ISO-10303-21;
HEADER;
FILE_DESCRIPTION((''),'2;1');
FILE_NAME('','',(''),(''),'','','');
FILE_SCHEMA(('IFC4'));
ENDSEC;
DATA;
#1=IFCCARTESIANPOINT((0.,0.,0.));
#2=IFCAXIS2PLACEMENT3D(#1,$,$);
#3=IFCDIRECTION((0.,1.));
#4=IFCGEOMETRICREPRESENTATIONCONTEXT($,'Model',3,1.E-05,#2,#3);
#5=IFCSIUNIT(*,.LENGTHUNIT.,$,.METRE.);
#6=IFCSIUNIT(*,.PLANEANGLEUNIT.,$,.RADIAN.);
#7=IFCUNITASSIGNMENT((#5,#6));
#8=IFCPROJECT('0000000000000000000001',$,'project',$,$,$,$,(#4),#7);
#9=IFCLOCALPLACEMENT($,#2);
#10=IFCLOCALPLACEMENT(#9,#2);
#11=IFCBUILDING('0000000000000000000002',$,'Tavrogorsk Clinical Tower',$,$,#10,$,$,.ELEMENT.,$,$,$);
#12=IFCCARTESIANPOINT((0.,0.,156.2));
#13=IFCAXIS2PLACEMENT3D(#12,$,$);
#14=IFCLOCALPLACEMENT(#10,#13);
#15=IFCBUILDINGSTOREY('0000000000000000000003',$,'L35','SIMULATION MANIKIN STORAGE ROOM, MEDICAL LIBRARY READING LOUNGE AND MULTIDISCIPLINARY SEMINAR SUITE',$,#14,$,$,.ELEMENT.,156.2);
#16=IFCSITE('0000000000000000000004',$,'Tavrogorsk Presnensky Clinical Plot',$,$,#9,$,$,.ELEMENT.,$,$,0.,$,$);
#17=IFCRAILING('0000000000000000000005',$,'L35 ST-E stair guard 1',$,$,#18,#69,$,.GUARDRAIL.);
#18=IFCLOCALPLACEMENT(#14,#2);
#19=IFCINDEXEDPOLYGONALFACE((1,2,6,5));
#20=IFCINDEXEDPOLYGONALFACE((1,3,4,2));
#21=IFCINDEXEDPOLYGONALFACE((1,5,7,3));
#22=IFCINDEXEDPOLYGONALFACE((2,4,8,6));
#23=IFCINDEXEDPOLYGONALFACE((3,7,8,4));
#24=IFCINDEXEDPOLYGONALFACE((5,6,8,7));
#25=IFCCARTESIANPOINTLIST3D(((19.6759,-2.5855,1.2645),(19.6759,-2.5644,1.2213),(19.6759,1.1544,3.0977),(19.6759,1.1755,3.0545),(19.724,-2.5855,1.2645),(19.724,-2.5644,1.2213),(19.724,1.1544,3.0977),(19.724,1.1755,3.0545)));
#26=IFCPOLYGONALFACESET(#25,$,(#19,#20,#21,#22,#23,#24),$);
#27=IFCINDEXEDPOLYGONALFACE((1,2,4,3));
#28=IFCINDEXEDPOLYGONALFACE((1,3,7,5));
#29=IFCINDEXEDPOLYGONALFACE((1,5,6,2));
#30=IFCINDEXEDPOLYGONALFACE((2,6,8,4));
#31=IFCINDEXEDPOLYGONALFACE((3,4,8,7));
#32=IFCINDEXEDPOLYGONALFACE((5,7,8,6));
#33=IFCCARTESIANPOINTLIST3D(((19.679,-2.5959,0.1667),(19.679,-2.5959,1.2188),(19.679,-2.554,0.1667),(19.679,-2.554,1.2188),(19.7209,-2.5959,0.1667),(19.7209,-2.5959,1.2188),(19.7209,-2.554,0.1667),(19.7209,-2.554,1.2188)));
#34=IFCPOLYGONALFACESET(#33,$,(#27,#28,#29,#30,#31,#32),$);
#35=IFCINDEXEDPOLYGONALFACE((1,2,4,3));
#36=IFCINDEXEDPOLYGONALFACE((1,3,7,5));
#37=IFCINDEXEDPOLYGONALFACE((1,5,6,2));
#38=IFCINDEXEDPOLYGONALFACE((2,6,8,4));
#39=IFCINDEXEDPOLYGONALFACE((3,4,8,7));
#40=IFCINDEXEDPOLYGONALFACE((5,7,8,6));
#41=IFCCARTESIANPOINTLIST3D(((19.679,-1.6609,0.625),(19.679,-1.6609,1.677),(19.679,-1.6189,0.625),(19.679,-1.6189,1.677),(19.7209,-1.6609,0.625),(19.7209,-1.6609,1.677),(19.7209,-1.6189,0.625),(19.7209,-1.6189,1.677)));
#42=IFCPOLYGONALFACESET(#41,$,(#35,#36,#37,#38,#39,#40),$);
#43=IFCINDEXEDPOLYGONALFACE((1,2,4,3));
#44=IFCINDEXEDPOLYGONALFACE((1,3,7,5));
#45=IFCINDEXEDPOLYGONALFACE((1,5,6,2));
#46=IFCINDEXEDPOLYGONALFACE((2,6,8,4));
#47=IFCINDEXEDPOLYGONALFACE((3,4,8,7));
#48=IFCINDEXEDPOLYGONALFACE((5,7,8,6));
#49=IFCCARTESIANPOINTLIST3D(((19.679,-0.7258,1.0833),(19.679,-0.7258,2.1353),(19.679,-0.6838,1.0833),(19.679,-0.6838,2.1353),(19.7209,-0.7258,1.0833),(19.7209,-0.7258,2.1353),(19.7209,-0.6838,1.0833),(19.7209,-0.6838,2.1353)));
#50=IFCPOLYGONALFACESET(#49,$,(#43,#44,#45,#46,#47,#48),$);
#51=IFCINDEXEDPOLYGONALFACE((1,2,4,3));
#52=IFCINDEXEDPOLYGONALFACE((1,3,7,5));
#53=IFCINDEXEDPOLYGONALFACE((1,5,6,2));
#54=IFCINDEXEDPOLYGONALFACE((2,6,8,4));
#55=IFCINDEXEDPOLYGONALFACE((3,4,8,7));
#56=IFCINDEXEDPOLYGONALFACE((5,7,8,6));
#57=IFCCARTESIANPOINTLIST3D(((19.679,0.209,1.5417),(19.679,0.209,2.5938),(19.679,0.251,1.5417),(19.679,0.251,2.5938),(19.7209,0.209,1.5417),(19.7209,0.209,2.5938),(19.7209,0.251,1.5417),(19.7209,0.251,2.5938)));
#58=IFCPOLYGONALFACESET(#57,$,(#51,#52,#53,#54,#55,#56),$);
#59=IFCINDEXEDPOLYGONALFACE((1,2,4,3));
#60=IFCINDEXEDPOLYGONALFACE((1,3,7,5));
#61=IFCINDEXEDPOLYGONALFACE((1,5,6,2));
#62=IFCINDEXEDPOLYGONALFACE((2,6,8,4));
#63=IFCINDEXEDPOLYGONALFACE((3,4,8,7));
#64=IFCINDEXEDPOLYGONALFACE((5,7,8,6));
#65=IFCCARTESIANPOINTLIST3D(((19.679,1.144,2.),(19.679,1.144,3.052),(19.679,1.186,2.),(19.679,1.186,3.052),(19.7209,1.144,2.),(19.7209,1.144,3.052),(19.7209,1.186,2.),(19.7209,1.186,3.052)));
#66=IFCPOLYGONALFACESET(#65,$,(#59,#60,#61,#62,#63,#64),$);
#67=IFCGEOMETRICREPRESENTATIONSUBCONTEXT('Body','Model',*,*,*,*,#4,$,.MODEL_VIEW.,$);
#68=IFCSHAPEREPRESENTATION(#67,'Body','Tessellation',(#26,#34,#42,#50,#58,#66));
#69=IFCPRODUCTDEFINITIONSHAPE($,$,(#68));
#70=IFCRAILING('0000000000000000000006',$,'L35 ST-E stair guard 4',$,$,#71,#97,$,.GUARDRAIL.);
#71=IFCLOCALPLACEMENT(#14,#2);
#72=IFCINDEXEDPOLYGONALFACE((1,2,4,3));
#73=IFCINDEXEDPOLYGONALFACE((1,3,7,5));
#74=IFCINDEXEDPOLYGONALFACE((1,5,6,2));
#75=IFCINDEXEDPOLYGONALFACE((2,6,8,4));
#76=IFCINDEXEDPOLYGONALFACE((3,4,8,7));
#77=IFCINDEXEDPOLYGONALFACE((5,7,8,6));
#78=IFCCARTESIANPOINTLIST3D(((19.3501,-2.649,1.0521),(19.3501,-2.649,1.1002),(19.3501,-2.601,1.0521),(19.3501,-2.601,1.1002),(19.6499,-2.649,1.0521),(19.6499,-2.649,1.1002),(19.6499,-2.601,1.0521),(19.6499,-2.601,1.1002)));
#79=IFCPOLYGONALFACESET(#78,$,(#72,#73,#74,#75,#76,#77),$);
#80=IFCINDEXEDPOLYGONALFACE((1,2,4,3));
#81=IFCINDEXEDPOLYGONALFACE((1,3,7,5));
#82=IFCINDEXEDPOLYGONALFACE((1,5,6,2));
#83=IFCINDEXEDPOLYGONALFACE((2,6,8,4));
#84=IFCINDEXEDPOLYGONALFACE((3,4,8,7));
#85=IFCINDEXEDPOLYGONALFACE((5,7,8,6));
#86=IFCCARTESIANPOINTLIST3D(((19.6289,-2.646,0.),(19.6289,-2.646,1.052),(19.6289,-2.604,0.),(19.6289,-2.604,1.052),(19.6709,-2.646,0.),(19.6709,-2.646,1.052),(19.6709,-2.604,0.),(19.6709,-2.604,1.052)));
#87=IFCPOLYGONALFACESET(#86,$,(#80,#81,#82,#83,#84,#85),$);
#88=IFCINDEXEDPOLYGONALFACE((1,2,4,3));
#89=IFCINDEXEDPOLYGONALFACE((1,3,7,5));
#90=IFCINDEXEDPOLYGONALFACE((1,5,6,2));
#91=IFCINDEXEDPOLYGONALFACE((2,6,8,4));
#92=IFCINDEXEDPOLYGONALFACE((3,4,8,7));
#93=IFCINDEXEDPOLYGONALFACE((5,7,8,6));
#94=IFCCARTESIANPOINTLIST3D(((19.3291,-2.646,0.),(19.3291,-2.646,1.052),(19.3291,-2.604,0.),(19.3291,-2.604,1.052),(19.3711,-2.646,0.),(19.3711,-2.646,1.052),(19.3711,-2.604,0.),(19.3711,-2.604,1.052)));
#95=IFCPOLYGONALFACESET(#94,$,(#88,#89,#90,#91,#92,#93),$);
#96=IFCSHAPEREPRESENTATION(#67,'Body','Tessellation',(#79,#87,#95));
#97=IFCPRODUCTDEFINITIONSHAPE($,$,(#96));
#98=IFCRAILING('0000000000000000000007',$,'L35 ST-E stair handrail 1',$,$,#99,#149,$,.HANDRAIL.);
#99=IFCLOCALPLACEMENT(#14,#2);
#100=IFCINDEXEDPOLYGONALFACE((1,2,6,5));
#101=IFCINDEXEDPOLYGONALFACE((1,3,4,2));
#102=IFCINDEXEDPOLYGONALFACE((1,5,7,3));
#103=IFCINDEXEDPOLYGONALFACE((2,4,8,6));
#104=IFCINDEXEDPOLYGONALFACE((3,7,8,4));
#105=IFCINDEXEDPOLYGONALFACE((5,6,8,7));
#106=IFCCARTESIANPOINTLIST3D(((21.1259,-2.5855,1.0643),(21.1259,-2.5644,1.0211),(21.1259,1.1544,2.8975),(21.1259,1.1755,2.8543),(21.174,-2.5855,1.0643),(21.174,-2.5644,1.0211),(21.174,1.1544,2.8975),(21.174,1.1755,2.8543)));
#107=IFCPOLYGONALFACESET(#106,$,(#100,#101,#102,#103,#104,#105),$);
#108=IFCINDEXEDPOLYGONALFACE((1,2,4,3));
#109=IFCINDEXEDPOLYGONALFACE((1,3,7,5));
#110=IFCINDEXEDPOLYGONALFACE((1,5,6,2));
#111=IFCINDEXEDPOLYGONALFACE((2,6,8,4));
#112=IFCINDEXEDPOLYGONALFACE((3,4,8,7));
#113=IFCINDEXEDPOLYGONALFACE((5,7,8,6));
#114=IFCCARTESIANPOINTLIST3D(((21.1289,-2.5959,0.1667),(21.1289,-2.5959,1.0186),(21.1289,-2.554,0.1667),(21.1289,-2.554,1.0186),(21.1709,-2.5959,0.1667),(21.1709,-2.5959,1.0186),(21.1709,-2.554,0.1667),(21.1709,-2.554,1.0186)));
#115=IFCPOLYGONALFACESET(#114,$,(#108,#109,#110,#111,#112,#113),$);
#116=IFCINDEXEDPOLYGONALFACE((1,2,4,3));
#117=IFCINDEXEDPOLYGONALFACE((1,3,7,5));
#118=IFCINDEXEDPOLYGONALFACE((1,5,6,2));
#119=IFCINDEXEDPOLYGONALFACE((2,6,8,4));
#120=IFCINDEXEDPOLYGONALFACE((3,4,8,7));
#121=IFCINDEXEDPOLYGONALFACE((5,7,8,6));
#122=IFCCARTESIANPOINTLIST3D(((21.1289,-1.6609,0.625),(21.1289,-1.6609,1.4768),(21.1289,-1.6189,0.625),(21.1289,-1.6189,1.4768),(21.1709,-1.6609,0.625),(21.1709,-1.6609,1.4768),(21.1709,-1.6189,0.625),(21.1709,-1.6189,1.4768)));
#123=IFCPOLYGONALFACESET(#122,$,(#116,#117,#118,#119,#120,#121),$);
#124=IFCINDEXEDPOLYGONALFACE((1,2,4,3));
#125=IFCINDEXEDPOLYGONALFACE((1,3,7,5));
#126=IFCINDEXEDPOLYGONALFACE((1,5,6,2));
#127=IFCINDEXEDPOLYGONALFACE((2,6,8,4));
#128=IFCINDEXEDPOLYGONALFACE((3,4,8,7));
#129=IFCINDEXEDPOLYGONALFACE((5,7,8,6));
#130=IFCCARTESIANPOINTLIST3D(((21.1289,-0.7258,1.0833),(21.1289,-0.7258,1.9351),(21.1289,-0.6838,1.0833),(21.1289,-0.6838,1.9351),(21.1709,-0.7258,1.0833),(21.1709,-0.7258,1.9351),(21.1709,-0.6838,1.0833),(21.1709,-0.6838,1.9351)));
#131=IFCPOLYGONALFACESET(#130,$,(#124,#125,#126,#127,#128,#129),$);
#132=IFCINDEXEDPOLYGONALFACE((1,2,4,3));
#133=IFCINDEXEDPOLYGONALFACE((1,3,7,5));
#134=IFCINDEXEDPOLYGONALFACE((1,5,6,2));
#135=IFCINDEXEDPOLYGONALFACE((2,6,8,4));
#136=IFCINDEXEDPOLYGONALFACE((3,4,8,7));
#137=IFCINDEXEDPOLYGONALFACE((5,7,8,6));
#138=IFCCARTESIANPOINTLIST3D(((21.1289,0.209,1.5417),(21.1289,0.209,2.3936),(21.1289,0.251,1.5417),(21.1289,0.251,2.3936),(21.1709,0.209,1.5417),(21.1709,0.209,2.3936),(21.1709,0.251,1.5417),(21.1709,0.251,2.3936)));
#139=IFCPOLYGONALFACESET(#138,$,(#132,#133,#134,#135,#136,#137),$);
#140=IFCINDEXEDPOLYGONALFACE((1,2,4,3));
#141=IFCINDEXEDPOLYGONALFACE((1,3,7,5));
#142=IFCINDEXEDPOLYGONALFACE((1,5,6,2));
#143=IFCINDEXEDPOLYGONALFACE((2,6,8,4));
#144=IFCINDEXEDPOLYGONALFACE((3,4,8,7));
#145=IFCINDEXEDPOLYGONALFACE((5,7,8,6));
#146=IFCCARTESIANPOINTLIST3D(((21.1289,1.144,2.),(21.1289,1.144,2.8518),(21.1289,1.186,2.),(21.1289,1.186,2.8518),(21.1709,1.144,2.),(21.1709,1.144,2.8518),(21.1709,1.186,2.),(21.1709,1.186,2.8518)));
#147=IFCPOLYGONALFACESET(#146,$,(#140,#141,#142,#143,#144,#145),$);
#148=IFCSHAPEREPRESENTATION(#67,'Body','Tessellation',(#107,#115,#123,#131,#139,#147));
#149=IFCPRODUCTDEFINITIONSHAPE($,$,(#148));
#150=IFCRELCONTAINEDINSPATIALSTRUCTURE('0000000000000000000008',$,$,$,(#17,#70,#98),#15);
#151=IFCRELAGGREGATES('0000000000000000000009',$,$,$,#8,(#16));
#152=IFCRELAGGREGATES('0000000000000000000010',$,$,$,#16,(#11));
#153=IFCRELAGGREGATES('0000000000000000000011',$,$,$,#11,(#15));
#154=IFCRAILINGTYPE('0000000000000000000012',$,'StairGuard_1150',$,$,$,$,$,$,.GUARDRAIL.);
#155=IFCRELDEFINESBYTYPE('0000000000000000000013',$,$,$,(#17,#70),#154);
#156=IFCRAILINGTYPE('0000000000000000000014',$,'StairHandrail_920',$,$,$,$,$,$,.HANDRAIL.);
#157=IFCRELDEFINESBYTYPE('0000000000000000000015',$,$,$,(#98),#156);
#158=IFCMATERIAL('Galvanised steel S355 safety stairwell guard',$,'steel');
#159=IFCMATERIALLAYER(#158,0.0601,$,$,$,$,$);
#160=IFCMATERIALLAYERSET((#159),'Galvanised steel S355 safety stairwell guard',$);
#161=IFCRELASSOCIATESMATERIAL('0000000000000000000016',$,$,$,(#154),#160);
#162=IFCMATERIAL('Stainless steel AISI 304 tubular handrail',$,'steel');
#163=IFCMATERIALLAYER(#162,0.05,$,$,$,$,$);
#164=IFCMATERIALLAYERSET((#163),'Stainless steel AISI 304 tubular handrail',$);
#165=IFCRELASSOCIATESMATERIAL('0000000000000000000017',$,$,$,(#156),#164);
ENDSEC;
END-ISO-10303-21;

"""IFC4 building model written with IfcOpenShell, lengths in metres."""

from ifc_helpers import new_model, si_unit, direction, frame, origin, origin_2d, place, context, subcontext, project, spatial, rectangle, extrude, material, layer, layer_set, type_object, element, save


model = new_model("IFC4")

# Units and contexts
model_context = context("Model", 3, precision=1e-05, world=origin(), true_north=direction((0.0, 1.0)))
body_context = subcontext(model_context, "Body", "Model", "MODEL_VIEW")
ifc_project = project(units=[si_unit("LENGTHUNIT", "METRE"), si_unit("PLANEANGLEUNIT", "RADIAN")], contexts=[model_context])

# Site, building, storey
site_placement = place(None, origin())
site = spatial("IfcSite", under=ifc_project, at=site_placement, Name="Tavrogorsk Presnensky Clinical Plot", CompositionType="ELEMENT", RefElevation=0.0)
building_placement = place(site_placement, origin())
building = spatial("IfcBuilding", under=site, at=building_placement, Name="Tavrogorsk Clinical Tower", CompositionType="ELEMENT")
storey_placement = place(building_placement, frame((0.0, 0.0, 156.2)))
storey = spatial("IfcBuildingStorey", under=building, at=storey_placement, Name="L35", Description="SIMULATION MANIKIN STORAGE ROOM, MEDICAL LIBRARY READING LOUNGE AND MULTIDISCIPLINARY SEMINAR SUITE", CompositionType="ELEMENT", Elevation=156.2)

# Railings
ifc_material_1 = material(Name="Galvanised steel S355 safety stairwell guard", Category="steel")
ifc_layer_1 = layer(ifc_material_1, 0.0601)
ifc_layer_set_1 = layer_set([ifc_layer_1], Name="Galvanised steel S355 safety stairwell guard")
railing_type_1 = type_object("IfcRailingType", Name="StairGuard_1150", PredefinedType="GUARDRAIL", material=ifc_layer_set_1)
railing_1_placement = place(storey_placement, frame((19.7, -2.575, 0.1667)))
element("IfcRailing", 1, at=railing_1_placement, inside=storey, type_object=railing_type_1, Name="L35 ST-E stair guard 1", PredefinedType="GUARDRAIL", context=body_context, shape_type="SweptSolid", body=[
    extrude(rectangle(XDim=0.0481, YDim=0.0481, at=origin_2d()), frame((0.0, 0.0, 1.0762), z_axis=(0.0, 0.897928, 0.440142), x_axis=(-1.0, 0.0, 0.0)), (0.0, 0.0, 1.0), 4.165),
    extrude(rectangle(XDim=0.042, YDim=0.042, at=origin_2d()), origin(), (0.0, 0.0, 1.0), 1.052),
    extrude(rectangle(XDim=0.042, YDim=0.042, at=origin_2d()), frame((0.0, 0.9351, 0.4583)), (0.0, 0.0, 1.0), 1.052),
    extrude(rectangle(XDim=0.042, YDim=0.042, at=origin_2d()), frame((0.0, 1.8701, 0.9165)), (0.0, 0.0, 1.0), 1.052),
    extrude(rectangle(XDim=0.042, YDim=0.042, at=origin_2d()), frame((0.0, 2.8049, 1.375)), (0.0, 0.0, 1.0), 1.052),
    extrude(rectangle(XDim=0.042, YDim=0.042, at=origin_2d()), frame((0.0, 3.74, 1.8333)), (0.0, 0.0, 1.0), 1.052),
])
railing_2_placement = place(storey_placement, frame((19.6499, -2.625, 0.0)))
element("IfcRailing", 2, at=railing_2_placement, inside=storey, type_object=railing_type_1, Name="L35 ST-E stair guard 4", PredefinedType="GUARDRAIL", context=body_context, shape_type="SweptSolid", body=[
    extrude(rectangle(XDim=0.0481, YDim=0.0481, at=origin_2d()), frame((0.0, 0.0, 1.0762), z_axis=(-1.0, 0.0, 0.0), x_axis=(0.0, -1.0, 0.0)), (0.0, 0.0, 1.0), 0.2998),
    extrude(rectangle(XDim=0.042, YDim=0.042, at=origin_2d()), origin(), (0.0, 0.0, 1.0), 1.052),
    extrude(rectangle(XDim=0.042, YDim=0.042, at=origin_2d()), frame((-0.2998, 0.0, 0.0)), (0.0, 0.0, 1.0), 1.052),
])
ifc_material_2 = material(Name="Stainless steel AISI 304 tubular handrail", Category="steel")
ifc_layer_2 = layer(ifc_material_2, 0.05)
ifc_layer_set_2 = layer_set([ifc_layer_2], Name="Stainless steel AISI 304 tubular handrail")
railing_type_2 = type_object("IfcRailingType", Name="StairHandrail_920", PredefinedType="HANDRAIL", material=ifc_layer_set_2)
railing_3_placement = place(storey_placement, frame((21.1499, -2.575, 0.1667)))
element("IfcRailing", 3, at=railing_3_placement, inside=storey, type_object=railing_type_2, Name="L35 ST-E stair handrail 1", PredefinedType="HANDRAIL", context=body_context, shape_type="SweptSolid", body=[
    extrude(rectangle(XDim=0.0481, YDim=0.0481, at=origin_2d()), frame((0.0, 0.0, 0.876), z_axis=(0.0, 0.897928, 0.440142), x_axis=(-1.0, 0.0, 0.0)), (0.0, 0.0, 1.0), 4.165),
    extrude(rectangle(XDim=0.042, YDim=0.042, at=origin_2d()), origin(), (0.0, 0.0, 1.0), 0.8518),
    extrude(rectangle(XDim=0.042, YDim=0.042, at=origin_2d()), frame((0.0, 0.9351, 0.4583)), (0.0, 0.0, 1.0), 0.8518),
    extrude(rectangle(XDim=0.042, YDim=0.042, at=origin_2d()), frame((0.0, 1.8701, 0.9165)), (0.0, 0.0, 1.0), 0.8518),
    extrude(rectangle(XDim=0.042, YDim=0.042, at=origin_2d()), frame((0.0, 2.8049, 1.375)), (0.0, 0.0, 1.0), 0.8518),
    extrude(rectangle(XDim=0.042, YDim=0.042, at=origin_2d()), frame((0.0, 3.74, 1.8333)), (0.0, 0.0, 1.0), 0.8518),
])

save(model, "model.ifc")
